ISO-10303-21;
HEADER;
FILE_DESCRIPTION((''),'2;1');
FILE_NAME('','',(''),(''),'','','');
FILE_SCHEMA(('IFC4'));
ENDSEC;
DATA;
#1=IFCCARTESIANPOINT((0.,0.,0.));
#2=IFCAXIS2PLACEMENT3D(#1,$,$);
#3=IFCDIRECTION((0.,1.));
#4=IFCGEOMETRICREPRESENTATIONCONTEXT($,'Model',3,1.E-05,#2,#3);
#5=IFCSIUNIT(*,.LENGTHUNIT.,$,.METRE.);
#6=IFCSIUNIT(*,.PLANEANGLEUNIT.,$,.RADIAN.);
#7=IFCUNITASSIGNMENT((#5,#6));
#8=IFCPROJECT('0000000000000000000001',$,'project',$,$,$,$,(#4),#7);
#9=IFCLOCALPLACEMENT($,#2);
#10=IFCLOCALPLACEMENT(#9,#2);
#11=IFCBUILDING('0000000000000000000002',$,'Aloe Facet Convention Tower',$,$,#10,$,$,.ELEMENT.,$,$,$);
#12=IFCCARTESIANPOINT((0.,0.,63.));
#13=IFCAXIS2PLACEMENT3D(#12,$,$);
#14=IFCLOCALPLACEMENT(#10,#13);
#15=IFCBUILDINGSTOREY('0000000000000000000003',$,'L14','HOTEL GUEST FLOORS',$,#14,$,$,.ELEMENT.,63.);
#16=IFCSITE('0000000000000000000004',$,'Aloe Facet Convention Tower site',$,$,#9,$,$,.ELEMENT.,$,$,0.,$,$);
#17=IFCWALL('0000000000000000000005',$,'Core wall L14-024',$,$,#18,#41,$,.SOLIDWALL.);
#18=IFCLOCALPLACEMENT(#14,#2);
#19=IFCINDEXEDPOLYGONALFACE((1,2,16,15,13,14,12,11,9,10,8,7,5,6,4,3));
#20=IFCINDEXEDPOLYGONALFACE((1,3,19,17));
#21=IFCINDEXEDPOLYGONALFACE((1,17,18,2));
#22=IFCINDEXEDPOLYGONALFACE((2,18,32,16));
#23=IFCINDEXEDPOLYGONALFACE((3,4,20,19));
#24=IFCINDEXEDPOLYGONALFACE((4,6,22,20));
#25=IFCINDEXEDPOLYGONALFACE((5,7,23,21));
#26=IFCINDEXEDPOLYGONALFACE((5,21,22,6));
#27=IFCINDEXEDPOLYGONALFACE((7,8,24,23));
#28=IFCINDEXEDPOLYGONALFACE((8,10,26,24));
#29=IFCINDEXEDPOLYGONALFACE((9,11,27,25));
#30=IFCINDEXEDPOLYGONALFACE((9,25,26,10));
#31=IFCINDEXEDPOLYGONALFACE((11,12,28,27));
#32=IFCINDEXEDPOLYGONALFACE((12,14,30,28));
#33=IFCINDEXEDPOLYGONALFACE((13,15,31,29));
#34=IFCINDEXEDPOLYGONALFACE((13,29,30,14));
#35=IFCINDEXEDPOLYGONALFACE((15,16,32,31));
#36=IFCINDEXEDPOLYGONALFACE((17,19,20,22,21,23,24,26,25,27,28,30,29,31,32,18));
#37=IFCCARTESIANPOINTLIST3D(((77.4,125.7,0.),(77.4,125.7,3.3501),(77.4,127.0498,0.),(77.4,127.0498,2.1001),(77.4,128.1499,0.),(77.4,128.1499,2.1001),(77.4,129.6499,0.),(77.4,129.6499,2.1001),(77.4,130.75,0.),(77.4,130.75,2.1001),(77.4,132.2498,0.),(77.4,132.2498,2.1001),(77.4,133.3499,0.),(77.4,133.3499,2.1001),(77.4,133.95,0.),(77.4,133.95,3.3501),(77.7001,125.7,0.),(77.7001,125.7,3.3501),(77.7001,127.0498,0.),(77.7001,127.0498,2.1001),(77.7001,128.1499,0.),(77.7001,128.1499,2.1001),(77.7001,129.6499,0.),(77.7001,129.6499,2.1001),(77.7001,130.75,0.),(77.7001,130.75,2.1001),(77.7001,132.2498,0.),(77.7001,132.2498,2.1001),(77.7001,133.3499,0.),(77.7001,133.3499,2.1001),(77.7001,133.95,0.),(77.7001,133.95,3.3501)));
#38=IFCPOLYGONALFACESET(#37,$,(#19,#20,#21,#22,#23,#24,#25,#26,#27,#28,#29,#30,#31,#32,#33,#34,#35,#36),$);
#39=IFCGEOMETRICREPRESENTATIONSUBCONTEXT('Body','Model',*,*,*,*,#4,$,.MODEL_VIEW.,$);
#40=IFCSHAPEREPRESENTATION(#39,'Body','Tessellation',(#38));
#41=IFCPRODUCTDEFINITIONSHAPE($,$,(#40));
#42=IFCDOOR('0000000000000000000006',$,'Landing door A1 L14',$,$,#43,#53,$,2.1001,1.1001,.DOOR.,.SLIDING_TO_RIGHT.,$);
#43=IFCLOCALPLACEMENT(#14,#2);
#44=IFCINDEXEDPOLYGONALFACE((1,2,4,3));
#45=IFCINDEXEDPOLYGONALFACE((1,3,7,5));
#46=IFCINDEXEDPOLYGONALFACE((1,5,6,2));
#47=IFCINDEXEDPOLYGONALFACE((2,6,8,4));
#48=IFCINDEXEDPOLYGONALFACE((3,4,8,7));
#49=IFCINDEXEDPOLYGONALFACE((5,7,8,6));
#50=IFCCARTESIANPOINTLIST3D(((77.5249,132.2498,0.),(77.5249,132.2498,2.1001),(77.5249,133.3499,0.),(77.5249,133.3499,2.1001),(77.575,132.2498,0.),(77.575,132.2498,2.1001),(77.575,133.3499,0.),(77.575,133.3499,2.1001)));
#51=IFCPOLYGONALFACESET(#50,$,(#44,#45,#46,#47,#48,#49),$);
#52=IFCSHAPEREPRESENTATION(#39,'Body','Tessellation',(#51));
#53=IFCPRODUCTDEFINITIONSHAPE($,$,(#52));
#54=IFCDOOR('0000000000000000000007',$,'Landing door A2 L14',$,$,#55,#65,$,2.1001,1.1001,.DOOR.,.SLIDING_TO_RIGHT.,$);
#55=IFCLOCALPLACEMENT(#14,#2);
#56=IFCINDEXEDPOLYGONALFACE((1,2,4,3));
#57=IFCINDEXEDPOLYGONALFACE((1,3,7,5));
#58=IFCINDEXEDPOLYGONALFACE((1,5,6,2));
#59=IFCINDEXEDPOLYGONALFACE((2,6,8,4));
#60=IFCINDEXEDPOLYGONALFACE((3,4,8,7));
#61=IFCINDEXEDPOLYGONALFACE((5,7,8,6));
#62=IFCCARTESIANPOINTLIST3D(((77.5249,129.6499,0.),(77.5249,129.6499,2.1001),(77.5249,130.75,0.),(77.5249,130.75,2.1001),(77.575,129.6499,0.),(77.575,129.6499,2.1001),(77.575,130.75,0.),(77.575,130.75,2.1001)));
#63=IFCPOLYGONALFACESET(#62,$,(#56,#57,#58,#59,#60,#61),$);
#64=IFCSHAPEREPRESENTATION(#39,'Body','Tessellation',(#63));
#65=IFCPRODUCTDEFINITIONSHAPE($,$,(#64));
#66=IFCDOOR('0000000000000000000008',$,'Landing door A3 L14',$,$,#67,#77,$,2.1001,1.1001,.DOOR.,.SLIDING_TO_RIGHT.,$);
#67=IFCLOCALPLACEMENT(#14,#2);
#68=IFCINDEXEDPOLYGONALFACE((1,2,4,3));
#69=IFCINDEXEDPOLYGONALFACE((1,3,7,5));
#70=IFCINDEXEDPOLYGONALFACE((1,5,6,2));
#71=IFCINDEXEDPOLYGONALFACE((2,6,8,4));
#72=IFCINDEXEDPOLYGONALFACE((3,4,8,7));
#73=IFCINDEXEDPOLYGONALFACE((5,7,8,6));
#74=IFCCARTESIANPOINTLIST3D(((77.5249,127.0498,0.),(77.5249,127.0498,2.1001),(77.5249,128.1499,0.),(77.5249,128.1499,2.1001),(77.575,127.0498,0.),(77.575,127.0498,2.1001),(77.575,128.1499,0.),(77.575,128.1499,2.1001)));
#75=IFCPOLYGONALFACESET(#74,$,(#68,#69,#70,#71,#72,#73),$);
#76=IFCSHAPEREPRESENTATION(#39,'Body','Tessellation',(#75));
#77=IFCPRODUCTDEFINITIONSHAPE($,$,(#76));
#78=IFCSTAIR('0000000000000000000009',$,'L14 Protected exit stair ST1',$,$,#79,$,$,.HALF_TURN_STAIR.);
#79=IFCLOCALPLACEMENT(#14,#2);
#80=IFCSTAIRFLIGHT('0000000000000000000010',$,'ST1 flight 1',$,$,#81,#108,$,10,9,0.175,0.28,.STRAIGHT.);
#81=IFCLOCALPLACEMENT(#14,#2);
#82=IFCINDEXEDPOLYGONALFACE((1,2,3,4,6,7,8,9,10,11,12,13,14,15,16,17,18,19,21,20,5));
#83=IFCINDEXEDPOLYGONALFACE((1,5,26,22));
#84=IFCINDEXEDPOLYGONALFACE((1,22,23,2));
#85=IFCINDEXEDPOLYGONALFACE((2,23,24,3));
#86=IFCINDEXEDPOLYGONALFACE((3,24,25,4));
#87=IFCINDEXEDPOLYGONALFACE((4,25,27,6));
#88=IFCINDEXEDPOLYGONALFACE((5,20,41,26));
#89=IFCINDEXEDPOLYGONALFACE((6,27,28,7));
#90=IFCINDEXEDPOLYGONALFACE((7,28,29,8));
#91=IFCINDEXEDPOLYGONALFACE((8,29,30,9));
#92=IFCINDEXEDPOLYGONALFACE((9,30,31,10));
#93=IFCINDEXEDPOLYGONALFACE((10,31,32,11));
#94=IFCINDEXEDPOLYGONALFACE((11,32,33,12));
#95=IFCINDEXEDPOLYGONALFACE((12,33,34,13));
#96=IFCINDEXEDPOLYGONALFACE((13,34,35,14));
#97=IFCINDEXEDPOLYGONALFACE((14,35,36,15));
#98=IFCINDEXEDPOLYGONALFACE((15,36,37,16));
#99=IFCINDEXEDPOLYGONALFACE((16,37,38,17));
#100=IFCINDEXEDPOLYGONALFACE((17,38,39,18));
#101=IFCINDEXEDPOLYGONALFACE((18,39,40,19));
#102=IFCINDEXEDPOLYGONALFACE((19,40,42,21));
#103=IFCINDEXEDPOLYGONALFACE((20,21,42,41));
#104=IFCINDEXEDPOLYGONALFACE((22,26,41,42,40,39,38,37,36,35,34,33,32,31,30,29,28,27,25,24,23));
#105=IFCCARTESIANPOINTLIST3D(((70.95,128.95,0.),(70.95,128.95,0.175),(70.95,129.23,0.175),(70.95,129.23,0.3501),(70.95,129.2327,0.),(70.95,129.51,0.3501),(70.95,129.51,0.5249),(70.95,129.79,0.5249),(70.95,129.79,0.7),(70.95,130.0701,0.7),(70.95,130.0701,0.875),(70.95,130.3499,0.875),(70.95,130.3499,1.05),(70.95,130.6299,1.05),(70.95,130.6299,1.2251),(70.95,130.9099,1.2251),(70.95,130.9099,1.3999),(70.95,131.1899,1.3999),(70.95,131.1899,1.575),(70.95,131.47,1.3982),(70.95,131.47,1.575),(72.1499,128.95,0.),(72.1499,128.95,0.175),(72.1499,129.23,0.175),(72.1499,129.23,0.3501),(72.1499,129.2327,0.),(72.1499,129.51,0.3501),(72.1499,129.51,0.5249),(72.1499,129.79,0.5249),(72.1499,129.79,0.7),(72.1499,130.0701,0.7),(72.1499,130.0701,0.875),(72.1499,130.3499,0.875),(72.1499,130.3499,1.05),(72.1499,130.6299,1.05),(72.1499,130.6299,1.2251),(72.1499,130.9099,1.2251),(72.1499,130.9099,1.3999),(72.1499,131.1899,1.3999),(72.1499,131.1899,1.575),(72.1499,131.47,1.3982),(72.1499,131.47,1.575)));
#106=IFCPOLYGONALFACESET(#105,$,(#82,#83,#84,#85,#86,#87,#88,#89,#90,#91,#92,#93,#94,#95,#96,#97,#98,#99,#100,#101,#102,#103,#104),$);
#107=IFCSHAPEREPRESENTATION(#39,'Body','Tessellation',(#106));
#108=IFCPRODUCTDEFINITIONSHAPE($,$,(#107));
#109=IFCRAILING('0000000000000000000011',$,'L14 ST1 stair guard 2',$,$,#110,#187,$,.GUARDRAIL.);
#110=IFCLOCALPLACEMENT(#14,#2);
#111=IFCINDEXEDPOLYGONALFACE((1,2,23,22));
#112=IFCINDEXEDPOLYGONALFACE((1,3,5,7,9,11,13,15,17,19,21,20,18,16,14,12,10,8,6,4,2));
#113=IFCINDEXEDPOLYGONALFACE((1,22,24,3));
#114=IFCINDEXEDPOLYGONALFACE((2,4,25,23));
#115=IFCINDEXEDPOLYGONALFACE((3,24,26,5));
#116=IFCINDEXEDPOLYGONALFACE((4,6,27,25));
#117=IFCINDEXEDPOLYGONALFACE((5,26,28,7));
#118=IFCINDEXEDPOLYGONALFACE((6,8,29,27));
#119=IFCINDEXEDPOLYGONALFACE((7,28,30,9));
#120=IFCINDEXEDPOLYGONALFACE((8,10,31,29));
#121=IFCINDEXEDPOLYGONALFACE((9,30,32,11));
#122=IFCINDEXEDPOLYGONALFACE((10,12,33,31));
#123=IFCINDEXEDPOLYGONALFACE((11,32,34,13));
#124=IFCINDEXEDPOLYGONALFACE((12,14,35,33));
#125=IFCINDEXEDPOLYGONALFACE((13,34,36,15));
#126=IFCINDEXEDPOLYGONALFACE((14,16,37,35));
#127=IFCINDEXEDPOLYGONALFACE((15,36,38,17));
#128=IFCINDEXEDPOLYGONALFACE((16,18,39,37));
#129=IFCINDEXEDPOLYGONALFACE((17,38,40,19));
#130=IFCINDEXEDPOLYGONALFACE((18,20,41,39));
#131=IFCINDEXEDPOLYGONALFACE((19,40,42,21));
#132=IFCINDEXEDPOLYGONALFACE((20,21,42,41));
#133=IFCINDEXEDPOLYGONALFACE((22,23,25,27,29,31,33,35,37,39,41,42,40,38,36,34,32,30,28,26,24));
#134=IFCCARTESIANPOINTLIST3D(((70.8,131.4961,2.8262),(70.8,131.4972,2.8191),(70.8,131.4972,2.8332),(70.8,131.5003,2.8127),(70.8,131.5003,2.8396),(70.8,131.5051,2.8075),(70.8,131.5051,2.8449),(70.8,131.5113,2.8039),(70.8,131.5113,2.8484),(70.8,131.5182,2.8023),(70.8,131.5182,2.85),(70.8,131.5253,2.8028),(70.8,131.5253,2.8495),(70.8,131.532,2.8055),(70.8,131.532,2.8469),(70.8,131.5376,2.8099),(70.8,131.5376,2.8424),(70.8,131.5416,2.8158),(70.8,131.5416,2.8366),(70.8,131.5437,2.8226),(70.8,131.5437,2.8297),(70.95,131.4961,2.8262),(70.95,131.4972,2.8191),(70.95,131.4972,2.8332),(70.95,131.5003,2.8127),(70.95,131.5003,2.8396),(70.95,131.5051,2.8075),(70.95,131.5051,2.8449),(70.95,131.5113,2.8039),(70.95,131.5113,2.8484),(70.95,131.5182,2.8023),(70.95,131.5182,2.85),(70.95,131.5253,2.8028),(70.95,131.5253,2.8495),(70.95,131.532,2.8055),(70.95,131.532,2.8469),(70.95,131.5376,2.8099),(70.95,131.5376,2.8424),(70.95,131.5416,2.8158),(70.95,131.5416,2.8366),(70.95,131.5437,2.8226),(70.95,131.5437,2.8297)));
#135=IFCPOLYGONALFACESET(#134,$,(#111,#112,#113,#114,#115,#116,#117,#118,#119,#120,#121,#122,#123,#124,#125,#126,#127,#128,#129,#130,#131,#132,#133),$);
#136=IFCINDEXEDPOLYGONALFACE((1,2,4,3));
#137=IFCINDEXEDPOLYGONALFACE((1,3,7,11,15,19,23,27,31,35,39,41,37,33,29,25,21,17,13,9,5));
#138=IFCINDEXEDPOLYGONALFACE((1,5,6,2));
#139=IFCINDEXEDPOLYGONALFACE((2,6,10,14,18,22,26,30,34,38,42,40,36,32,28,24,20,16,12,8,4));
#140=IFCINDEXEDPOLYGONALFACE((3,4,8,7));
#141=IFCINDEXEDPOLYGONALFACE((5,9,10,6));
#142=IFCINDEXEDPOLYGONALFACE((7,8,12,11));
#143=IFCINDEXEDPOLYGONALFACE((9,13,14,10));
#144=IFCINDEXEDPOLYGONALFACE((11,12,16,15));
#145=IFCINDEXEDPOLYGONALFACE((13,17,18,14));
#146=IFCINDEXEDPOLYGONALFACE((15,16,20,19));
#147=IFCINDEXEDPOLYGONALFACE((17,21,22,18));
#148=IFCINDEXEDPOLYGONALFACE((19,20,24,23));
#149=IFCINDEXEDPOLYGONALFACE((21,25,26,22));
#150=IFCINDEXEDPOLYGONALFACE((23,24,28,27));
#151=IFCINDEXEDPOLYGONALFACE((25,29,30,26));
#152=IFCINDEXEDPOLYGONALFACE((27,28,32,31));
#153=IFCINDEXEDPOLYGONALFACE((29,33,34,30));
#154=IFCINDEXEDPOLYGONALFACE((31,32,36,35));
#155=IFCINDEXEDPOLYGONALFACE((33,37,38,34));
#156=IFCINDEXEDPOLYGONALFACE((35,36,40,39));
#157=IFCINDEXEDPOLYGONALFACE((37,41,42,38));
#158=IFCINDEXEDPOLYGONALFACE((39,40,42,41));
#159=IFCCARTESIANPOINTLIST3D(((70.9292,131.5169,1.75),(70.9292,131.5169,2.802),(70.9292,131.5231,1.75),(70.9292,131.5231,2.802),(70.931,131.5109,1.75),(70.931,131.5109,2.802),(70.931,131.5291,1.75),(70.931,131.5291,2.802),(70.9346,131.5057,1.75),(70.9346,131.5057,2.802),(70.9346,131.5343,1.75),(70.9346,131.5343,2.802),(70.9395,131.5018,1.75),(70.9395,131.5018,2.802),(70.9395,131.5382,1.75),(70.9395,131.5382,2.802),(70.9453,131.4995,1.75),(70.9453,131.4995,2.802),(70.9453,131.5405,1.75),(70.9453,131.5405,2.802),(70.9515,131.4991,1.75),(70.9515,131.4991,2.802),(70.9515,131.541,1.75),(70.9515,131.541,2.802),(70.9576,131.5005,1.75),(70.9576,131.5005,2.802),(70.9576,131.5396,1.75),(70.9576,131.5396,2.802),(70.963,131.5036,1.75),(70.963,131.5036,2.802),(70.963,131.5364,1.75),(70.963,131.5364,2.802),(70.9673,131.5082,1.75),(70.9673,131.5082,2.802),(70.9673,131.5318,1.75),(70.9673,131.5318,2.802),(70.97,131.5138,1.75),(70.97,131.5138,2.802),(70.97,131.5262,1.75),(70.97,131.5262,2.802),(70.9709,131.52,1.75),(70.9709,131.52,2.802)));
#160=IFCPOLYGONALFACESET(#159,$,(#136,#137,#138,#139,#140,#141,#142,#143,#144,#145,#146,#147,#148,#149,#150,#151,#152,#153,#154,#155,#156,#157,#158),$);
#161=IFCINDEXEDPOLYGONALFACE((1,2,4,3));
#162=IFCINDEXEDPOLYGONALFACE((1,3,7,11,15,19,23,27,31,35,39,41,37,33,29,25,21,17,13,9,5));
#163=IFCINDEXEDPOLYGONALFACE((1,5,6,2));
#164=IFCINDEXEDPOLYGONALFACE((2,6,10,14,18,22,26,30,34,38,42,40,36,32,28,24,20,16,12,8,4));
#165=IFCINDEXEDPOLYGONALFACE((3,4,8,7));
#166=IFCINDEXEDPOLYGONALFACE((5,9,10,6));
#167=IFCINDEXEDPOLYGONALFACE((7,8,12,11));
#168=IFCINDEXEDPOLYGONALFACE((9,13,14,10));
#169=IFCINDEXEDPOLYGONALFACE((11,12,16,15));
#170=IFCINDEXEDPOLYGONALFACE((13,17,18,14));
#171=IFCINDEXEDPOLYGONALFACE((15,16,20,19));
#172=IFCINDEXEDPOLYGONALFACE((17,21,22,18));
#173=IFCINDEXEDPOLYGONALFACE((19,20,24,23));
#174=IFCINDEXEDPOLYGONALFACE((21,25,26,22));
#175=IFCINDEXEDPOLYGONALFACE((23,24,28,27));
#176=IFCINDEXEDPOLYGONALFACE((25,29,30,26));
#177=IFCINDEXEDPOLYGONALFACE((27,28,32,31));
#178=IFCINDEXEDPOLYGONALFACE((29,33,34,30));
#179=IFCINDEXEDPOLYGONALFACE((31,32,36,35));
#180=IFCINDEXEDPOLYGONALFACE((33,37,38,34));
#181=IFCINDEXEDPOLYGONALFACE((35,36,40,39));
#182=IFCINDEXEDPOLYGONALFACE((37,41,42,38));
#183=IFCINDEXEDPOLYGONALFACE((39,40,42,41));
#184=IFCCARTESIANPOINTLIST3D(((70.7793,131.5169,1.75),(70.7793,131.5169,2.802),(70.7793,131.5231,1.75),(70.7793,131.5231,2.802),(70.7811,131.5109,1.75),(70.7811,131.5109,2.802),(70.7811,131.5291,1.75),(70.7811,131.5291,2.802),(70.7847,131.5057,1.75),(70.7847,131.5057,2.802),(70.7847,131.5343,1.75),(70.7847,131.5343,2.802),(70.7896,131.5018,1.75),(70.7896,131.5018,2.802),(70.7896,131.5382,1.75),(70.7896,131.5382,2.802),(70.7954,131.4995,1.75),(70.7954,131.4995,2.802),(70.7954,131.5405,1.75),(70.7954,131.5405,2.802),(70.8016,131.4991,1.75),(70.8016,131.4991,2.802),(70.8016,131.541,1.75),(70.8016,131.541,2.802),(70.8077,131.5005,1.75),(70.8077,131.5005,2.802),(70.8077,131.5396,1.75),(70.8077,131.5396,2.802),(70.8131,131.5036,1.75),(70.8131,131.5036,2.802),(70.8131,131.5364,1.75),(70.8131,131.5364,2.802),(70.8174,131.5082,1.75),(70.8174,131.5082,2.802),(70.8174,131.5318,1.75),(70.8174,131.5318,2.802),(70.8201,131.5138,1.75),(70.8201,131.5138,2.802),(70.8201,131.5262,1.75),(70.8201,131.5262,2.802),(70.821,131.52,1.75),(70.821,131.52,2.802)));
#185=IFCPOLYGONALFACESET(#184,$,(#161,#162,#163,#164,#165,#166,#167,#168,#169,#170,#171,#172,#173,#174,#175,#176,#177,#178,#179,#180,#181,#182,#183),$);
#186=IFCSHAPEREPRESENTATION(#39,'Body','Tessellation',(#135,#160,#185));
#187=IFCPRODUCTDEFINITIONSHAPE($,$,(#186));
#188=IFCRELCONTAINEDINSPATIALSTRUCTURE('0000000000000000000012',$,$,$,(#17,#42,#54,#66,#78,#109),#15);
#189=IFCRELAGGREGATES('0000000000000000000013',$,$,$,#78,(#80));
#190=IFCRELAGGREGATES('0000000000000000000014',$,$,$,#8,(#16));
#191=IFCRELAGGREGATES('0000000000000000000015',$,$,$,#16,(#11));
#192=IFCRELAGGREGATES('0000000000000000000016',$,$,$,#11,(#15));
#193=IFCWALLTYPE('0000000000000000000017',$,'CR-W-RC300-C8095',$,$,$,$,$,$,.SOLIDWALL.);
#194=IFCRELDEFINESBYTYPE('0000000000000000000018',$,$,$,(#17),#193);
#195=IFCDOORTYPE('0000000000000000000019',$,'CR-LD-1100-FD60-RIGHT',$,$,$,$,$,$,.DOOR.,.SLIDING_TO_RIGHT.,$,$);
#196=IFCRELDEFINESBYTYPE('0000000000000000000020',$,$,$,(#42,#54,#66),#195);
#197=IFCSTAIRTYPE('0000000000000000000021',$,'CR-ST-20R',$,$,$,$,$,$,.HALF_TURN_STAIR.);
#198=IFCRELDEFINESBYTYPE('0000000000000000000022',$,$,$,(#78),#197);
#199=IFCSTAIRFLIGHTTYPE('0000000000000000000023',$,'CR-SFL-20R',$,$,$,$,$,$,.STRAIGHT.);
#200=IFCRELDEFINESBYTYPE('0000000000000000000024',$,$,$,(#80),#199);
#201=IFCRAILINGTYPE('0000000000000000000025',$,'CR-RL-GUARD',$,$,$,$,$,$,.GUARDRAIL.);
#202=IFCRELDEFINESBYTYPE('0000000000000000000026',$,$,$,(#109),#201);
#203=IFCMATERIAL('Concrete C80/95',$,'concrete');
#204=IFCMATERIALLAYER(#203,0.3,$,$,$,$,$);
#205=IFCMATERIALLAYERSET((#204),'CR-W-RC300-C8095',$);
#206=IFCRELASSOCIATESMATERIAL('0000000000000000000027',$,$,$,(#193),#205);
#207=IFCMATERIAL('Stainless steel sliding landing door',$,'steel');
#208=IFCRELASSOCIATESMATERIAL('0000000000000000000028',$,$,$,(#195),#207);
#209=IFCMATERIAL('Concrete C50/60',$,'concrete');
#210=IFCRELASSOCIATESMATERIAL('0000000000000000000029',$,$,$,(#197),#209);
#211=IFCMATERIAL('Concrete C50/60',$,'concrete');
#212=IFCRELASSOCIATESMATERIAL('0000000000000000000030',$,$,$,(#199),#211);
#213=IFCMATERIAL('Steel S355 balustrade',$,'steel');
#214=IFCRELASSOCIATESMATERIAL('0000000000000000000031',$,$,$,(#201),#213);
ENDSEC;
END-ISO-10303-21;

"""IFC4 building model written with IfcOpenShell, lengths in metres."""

from ifc_helpers import new_model, si_unit, direction, frame, frame_2d, origin, origin_2d, place, context, subcontext, project, spatial, polyline, rectangle, circle, outline, extrude, material, layer, layer_set, type_object, element, fill, aggregate, save


model = new_model("IFC4")

# Units and contexts
model_context = context("Model", 3, precision=1e-05, world=origin(), true_north=direction((0.0, 1.0)))
body_context = subcontext(model_context, "Body", "Model", "MODEL_VIEW")
ifc_project = project(units=[si_unit("LENGTHUNIT", "METRE"), si_unit("PLANEANGLEUNIT", "RADIAN")], contexts=[model_context])

# Site, building, storey
site_placement = place(None, origin())
site = spatial("IfcSite", under=ifc_project, at=site_placement, Name="Aloe Facet Convention Tower site", CompositionType="ELEMENT", RefElevation=0.0)
building_placement = place(site_placement, origin())
building = spatial("IfcBuilding", under=site, at=building_placement, Name="Aloe Facet Convention Tower", CompositionType="ELEMENT")
storey_placement = place(building_placement, frame((0.0, 0.0, 63.0)))
storey = spatial("IfcBuildingStorey", under=building, at=storey_placement, Name="L14", Description="HOTEL GUEST FLOORS", CompositionType="ELEMENT", Elevation=63.0)

# Shared definitions
ifc_material_1 = material(Name="Concrete C80/95", Category="concrete")
ifc_layer_1 = layer(ifc_material_1, 0.3)
ifc_layer_set_1 = layer_set([ifc_layer_1], Name="CR-W-RC300-C8095")
wall_type_1 = type_object("IfcWallType", Name="CR-W-RC300-C8095", PredefinedType="SOLIDWALL", material=ifc_layer_set_1)

# Wall, openings, doors
wall_1_placement = place(storey_placement, frame((77.55, 133.95, 0.0), z_axis=(0.0, 0.0, 1.0), x_axis=(0.0, -1.0, 0.0)))
wall_1 = element("IfcWall", 1, at=wall_1_placement, inside=storey, type_object=wall_type_1, Name="Core wall L14-024", PredefinedType="SOLIDWALL", context=body_context, shape_type="SweptSolid", body=[
    extrude(rectangle(XDim=8.25, YDim=0.3, at=frame_2d((4.125, 0.0))), origin(), (0.0, 0.0, 1.0), 3.3501),
])
opening_1_placement = place(wall_1_placement, frame((0.6001, 0.0, 0.0)))
opening_1 = element("IfcOpeningElement", 2, at=opening_1_placement, cuts=wall_1, PredefinedType="OPENING", context=body_context, shape_type="SweptSolid", body=[
    extrude(rectangle(XDim=1.1001, YDim=2.1001, at=frame_2d((0.55, 1.05))), frame((0.0, 0.1602, 0.0), z_axis=(0.0, -1.0, 0.0), x_axis=(1.0, 0.0, 0.0)), (0.0, 0.0, 1.0), 0.3201),
])
opening_2_placement = place(wall_1_placement, frame((3.2, 0.0, 0.0)))
opening_2 = element("IfcOpeningElement", 3, at=opening_2_placement, cuts=wall_1, PredefinedType="OPENING", context=body_context, shape_type="SweptSolid", body=[
    extrude(rectangle(XDim=1.1001, YDim=2.1001, at=frame_2d((0.55, 1.05))), frame((0.0, 0.1602, 0.0), z_axis=(0.0, -1.0, 0.0), x_axis=(1.0, 0.0, 0.0)), (0.0, 0.0, 1.0), 0.3201),
])
opening_3_placement = place(wall_1_placement, frame((5.8, 0.0, 0.0)))
opening_3 = element("IfcOpeningElement", 4, at=opening_3_placement, cuts=wall_1, PredefinedType="OPENING", context=body_context, shape_type="SweptSolid", body=[
    extrude(rectangle(XDim=1.1001, YDim=2.1001, at=frame_2d((0.55, 1.05))), frame((0.0, 0.1602, 0.0), z_axis=(0.0, -1.0, 0.0), x_axis=(1.0, 0.0, 0.0)), (0.0, 0.0, 1.0), 0.3201),
])
ifc_material_2 = material(Name="Stainless steel sliding landing door", Category="steel")
door_type_1 = type_object("IfcDoorType", Name="CR-LD-1100-FD60-RIGHT", OperationType="SLIDING_TO_RIGHT", PredefinedType="DOOR", material=ifc_material_2)
door_1_placement = place(opening_1_placement, origin())
door_1 = element("IfcDoor", 5, at=door_1_placement, inside=storey, type_object=door_type_1, Name="Landing door A1 L14", OperationType="SLIDING_TO_RIGHT", OverallHeight=2.1001, OverallWidth=1.1001, PredefinedType="DOOR", context=body_context, shape_type="SweptSolid", body=[
    extrude(rectangle(XDim=1.1001, YDim=2.1001, at=frame_2d((0.55, 1.05))), frame((0.0, 0.0249, 0.0), z_axis=(0.0, -1.0, 0.0), x_axis=(1.0, 0.0, 0.0)), (0.0, 0.0, 1.0), 0.05),
])
fill(opening_1, door_1)
door_2_placement = place(opening_2_placement, origin())
door_2 = element("IfcDoor", 6, at=door_2_placement, inside=storey, type_object=door_type_1, Name="Landing door A2 L14", OperationType="SLIDING_TO_RIGHT", OverallHeight=2.1001, OverallWidth=1.1001, PredefinedType="DOOR", context=body_context, shape_type="SweptSolid", body=[
    extrude(rectangle(XDim=1.1001, YDim=2.1001, at=frame_2d((0.55, 1.05))), frame((0.0, 0.0249, 0.0), z_axis=(0.0, -1.0, 0.0), x_axis=(1.0, 0.0, 0.0)), (0.0, 0.0, 1.0), 0.05),
])
fill(opening_2, door_2)
door_3_placement = place(opening_3_placement, origin())
door_3 = element("IfcDoor", 7, at=door_3_placement, inside=storey, type_object=door_type_1, Name="Landing door A3 L14", OperationType="SLIDING_TO_RIGHT", OverallHeight=2.1001, OverallWidth=1.1001, PredefinedType="DOOR", context=body_context, shape_type="SweptSolid", body=[
    extrude(rectangle(XDim=1.1001, YDim=2.1001, at=frame_2d((0.55, 1.05))), frame((0.0, 0.0249, 0.0), z_axis=(0.0, -1.0, 0.0), x_axis=(1.0, 0.0, 0.0)), (0.0, 0.0, 1.0), 0.05),
])
fill(opening_3, door_3)

# Stair, stair flight
ifc_material_3 = material(Name="Concrete C50/60", Category="concrete")
stair_type = type_object("IfcStairType", Name="CR-ST-20R", PredefinedType="HALF_TURN_STAIR", material=ifc_material_3)
stair_placement = place(storey_placement, origin())
stair = element("IfcStair", 8, at=stair_placement, inside=storey, type_object=stair_type, Name="L14 Protected exit stair ST1", PredefinedType="HALF_TURN_STAIR")
ifc_material_4 = material(Name="Concrete C50/60", Category="concrete")
stair_flight_type = type_object("IfcStairFlightType", Name="CR-SFL-20R", PredefinedType="STRAIGHT", material=ifc_material_4)
stair_flight_placement = place(storey_placement, frame((71.55, 128.95, 0.0), z_axis=(0.0, 0.0, 1.0), x_axis=(0.0, 1.0, 0.0)))
stair_flight = element("IfcStairFlight", 9, at=stair_flight_placement, type_object=stair_flight_type, Name="ST1 flight 1", NumberOfRisers=10, NumberOfTreads=9, PredefinedType="STRAIGHT", RiserHeight=0.175, TreadLength=0.28, context=body_context, shape_type="SweptSolid", body=[
    extrude(outline(polyline([(0.0, 0.0), (0.0, 0.175), (0.28, 0.175), (0.28, 0.3501), (0.5601, 0.3501), (0.5601, 0.5249), (0.8401, 0.5249), (0.8401, 0.7), (1.1201, 0.7), (1.1201, 0.875), (1.3999, 0.875), (1.3999, 1.05), (1.6799, 1.05), (1.6799, 1.2251), (1.96, 1.2251), (1.96, 1.3999), (2.24, 1.3999), (2.24, 1.575), (2.52, 1.575), (2.52, 1.75), (2.52, 1.3982), (0.2827, 0.0), (0.0, 0.0)])), frame((0.0, 0.6001, 0.0), z_axis=(0.0, -1.0, 0.0), x_axis=(1.0, 0.0, 0.0)), (0.0, 0.0, 1.0), 1.2),
])
aggregate(stair, [stair_flight])

# Railing
ifc_material_5 = material(Name="Steel S355 balustrade", Category="steel")
railing_type_1 = type_object("IfcRailingType", Name="CR-RL-GUARD", PredefinedType="GUARDRAIL", material=ifc_material_5)
railing_1_placement = place(storey_placement, frame((70.95, 131.52, 1.75)))
element("IfcRailing", 10, at=railing_1_placement, inside=storey, type_object=railing_type_1, Name="L14 ST1 stair guard 2", PredefinedType="GUARDRAIL", context=body_context, shape_type="SweptSolid", body=[
    extrude(circle(Radius=0.0239, at=origin_2d()), frame((0.0, 0.0, 1.0762), z_axis=(-1.0, 0.0, 0.0), x_axis=(0.0, -1.0, 0.0)), (0.0, 0.0, 1.0), 0.1499),
    extrude(circle(Radius=0.021, at=origin_2d()), origin(), (0.0, 0.0, 1.0), 1.052),
    extrude(circle(Radius=0.021, at=origin_2d()), frame((-0.1499, 0.0, 0.0)), (0.0, 0.0, 1.0), 1.052),
])

save(model, "model.ifc")
